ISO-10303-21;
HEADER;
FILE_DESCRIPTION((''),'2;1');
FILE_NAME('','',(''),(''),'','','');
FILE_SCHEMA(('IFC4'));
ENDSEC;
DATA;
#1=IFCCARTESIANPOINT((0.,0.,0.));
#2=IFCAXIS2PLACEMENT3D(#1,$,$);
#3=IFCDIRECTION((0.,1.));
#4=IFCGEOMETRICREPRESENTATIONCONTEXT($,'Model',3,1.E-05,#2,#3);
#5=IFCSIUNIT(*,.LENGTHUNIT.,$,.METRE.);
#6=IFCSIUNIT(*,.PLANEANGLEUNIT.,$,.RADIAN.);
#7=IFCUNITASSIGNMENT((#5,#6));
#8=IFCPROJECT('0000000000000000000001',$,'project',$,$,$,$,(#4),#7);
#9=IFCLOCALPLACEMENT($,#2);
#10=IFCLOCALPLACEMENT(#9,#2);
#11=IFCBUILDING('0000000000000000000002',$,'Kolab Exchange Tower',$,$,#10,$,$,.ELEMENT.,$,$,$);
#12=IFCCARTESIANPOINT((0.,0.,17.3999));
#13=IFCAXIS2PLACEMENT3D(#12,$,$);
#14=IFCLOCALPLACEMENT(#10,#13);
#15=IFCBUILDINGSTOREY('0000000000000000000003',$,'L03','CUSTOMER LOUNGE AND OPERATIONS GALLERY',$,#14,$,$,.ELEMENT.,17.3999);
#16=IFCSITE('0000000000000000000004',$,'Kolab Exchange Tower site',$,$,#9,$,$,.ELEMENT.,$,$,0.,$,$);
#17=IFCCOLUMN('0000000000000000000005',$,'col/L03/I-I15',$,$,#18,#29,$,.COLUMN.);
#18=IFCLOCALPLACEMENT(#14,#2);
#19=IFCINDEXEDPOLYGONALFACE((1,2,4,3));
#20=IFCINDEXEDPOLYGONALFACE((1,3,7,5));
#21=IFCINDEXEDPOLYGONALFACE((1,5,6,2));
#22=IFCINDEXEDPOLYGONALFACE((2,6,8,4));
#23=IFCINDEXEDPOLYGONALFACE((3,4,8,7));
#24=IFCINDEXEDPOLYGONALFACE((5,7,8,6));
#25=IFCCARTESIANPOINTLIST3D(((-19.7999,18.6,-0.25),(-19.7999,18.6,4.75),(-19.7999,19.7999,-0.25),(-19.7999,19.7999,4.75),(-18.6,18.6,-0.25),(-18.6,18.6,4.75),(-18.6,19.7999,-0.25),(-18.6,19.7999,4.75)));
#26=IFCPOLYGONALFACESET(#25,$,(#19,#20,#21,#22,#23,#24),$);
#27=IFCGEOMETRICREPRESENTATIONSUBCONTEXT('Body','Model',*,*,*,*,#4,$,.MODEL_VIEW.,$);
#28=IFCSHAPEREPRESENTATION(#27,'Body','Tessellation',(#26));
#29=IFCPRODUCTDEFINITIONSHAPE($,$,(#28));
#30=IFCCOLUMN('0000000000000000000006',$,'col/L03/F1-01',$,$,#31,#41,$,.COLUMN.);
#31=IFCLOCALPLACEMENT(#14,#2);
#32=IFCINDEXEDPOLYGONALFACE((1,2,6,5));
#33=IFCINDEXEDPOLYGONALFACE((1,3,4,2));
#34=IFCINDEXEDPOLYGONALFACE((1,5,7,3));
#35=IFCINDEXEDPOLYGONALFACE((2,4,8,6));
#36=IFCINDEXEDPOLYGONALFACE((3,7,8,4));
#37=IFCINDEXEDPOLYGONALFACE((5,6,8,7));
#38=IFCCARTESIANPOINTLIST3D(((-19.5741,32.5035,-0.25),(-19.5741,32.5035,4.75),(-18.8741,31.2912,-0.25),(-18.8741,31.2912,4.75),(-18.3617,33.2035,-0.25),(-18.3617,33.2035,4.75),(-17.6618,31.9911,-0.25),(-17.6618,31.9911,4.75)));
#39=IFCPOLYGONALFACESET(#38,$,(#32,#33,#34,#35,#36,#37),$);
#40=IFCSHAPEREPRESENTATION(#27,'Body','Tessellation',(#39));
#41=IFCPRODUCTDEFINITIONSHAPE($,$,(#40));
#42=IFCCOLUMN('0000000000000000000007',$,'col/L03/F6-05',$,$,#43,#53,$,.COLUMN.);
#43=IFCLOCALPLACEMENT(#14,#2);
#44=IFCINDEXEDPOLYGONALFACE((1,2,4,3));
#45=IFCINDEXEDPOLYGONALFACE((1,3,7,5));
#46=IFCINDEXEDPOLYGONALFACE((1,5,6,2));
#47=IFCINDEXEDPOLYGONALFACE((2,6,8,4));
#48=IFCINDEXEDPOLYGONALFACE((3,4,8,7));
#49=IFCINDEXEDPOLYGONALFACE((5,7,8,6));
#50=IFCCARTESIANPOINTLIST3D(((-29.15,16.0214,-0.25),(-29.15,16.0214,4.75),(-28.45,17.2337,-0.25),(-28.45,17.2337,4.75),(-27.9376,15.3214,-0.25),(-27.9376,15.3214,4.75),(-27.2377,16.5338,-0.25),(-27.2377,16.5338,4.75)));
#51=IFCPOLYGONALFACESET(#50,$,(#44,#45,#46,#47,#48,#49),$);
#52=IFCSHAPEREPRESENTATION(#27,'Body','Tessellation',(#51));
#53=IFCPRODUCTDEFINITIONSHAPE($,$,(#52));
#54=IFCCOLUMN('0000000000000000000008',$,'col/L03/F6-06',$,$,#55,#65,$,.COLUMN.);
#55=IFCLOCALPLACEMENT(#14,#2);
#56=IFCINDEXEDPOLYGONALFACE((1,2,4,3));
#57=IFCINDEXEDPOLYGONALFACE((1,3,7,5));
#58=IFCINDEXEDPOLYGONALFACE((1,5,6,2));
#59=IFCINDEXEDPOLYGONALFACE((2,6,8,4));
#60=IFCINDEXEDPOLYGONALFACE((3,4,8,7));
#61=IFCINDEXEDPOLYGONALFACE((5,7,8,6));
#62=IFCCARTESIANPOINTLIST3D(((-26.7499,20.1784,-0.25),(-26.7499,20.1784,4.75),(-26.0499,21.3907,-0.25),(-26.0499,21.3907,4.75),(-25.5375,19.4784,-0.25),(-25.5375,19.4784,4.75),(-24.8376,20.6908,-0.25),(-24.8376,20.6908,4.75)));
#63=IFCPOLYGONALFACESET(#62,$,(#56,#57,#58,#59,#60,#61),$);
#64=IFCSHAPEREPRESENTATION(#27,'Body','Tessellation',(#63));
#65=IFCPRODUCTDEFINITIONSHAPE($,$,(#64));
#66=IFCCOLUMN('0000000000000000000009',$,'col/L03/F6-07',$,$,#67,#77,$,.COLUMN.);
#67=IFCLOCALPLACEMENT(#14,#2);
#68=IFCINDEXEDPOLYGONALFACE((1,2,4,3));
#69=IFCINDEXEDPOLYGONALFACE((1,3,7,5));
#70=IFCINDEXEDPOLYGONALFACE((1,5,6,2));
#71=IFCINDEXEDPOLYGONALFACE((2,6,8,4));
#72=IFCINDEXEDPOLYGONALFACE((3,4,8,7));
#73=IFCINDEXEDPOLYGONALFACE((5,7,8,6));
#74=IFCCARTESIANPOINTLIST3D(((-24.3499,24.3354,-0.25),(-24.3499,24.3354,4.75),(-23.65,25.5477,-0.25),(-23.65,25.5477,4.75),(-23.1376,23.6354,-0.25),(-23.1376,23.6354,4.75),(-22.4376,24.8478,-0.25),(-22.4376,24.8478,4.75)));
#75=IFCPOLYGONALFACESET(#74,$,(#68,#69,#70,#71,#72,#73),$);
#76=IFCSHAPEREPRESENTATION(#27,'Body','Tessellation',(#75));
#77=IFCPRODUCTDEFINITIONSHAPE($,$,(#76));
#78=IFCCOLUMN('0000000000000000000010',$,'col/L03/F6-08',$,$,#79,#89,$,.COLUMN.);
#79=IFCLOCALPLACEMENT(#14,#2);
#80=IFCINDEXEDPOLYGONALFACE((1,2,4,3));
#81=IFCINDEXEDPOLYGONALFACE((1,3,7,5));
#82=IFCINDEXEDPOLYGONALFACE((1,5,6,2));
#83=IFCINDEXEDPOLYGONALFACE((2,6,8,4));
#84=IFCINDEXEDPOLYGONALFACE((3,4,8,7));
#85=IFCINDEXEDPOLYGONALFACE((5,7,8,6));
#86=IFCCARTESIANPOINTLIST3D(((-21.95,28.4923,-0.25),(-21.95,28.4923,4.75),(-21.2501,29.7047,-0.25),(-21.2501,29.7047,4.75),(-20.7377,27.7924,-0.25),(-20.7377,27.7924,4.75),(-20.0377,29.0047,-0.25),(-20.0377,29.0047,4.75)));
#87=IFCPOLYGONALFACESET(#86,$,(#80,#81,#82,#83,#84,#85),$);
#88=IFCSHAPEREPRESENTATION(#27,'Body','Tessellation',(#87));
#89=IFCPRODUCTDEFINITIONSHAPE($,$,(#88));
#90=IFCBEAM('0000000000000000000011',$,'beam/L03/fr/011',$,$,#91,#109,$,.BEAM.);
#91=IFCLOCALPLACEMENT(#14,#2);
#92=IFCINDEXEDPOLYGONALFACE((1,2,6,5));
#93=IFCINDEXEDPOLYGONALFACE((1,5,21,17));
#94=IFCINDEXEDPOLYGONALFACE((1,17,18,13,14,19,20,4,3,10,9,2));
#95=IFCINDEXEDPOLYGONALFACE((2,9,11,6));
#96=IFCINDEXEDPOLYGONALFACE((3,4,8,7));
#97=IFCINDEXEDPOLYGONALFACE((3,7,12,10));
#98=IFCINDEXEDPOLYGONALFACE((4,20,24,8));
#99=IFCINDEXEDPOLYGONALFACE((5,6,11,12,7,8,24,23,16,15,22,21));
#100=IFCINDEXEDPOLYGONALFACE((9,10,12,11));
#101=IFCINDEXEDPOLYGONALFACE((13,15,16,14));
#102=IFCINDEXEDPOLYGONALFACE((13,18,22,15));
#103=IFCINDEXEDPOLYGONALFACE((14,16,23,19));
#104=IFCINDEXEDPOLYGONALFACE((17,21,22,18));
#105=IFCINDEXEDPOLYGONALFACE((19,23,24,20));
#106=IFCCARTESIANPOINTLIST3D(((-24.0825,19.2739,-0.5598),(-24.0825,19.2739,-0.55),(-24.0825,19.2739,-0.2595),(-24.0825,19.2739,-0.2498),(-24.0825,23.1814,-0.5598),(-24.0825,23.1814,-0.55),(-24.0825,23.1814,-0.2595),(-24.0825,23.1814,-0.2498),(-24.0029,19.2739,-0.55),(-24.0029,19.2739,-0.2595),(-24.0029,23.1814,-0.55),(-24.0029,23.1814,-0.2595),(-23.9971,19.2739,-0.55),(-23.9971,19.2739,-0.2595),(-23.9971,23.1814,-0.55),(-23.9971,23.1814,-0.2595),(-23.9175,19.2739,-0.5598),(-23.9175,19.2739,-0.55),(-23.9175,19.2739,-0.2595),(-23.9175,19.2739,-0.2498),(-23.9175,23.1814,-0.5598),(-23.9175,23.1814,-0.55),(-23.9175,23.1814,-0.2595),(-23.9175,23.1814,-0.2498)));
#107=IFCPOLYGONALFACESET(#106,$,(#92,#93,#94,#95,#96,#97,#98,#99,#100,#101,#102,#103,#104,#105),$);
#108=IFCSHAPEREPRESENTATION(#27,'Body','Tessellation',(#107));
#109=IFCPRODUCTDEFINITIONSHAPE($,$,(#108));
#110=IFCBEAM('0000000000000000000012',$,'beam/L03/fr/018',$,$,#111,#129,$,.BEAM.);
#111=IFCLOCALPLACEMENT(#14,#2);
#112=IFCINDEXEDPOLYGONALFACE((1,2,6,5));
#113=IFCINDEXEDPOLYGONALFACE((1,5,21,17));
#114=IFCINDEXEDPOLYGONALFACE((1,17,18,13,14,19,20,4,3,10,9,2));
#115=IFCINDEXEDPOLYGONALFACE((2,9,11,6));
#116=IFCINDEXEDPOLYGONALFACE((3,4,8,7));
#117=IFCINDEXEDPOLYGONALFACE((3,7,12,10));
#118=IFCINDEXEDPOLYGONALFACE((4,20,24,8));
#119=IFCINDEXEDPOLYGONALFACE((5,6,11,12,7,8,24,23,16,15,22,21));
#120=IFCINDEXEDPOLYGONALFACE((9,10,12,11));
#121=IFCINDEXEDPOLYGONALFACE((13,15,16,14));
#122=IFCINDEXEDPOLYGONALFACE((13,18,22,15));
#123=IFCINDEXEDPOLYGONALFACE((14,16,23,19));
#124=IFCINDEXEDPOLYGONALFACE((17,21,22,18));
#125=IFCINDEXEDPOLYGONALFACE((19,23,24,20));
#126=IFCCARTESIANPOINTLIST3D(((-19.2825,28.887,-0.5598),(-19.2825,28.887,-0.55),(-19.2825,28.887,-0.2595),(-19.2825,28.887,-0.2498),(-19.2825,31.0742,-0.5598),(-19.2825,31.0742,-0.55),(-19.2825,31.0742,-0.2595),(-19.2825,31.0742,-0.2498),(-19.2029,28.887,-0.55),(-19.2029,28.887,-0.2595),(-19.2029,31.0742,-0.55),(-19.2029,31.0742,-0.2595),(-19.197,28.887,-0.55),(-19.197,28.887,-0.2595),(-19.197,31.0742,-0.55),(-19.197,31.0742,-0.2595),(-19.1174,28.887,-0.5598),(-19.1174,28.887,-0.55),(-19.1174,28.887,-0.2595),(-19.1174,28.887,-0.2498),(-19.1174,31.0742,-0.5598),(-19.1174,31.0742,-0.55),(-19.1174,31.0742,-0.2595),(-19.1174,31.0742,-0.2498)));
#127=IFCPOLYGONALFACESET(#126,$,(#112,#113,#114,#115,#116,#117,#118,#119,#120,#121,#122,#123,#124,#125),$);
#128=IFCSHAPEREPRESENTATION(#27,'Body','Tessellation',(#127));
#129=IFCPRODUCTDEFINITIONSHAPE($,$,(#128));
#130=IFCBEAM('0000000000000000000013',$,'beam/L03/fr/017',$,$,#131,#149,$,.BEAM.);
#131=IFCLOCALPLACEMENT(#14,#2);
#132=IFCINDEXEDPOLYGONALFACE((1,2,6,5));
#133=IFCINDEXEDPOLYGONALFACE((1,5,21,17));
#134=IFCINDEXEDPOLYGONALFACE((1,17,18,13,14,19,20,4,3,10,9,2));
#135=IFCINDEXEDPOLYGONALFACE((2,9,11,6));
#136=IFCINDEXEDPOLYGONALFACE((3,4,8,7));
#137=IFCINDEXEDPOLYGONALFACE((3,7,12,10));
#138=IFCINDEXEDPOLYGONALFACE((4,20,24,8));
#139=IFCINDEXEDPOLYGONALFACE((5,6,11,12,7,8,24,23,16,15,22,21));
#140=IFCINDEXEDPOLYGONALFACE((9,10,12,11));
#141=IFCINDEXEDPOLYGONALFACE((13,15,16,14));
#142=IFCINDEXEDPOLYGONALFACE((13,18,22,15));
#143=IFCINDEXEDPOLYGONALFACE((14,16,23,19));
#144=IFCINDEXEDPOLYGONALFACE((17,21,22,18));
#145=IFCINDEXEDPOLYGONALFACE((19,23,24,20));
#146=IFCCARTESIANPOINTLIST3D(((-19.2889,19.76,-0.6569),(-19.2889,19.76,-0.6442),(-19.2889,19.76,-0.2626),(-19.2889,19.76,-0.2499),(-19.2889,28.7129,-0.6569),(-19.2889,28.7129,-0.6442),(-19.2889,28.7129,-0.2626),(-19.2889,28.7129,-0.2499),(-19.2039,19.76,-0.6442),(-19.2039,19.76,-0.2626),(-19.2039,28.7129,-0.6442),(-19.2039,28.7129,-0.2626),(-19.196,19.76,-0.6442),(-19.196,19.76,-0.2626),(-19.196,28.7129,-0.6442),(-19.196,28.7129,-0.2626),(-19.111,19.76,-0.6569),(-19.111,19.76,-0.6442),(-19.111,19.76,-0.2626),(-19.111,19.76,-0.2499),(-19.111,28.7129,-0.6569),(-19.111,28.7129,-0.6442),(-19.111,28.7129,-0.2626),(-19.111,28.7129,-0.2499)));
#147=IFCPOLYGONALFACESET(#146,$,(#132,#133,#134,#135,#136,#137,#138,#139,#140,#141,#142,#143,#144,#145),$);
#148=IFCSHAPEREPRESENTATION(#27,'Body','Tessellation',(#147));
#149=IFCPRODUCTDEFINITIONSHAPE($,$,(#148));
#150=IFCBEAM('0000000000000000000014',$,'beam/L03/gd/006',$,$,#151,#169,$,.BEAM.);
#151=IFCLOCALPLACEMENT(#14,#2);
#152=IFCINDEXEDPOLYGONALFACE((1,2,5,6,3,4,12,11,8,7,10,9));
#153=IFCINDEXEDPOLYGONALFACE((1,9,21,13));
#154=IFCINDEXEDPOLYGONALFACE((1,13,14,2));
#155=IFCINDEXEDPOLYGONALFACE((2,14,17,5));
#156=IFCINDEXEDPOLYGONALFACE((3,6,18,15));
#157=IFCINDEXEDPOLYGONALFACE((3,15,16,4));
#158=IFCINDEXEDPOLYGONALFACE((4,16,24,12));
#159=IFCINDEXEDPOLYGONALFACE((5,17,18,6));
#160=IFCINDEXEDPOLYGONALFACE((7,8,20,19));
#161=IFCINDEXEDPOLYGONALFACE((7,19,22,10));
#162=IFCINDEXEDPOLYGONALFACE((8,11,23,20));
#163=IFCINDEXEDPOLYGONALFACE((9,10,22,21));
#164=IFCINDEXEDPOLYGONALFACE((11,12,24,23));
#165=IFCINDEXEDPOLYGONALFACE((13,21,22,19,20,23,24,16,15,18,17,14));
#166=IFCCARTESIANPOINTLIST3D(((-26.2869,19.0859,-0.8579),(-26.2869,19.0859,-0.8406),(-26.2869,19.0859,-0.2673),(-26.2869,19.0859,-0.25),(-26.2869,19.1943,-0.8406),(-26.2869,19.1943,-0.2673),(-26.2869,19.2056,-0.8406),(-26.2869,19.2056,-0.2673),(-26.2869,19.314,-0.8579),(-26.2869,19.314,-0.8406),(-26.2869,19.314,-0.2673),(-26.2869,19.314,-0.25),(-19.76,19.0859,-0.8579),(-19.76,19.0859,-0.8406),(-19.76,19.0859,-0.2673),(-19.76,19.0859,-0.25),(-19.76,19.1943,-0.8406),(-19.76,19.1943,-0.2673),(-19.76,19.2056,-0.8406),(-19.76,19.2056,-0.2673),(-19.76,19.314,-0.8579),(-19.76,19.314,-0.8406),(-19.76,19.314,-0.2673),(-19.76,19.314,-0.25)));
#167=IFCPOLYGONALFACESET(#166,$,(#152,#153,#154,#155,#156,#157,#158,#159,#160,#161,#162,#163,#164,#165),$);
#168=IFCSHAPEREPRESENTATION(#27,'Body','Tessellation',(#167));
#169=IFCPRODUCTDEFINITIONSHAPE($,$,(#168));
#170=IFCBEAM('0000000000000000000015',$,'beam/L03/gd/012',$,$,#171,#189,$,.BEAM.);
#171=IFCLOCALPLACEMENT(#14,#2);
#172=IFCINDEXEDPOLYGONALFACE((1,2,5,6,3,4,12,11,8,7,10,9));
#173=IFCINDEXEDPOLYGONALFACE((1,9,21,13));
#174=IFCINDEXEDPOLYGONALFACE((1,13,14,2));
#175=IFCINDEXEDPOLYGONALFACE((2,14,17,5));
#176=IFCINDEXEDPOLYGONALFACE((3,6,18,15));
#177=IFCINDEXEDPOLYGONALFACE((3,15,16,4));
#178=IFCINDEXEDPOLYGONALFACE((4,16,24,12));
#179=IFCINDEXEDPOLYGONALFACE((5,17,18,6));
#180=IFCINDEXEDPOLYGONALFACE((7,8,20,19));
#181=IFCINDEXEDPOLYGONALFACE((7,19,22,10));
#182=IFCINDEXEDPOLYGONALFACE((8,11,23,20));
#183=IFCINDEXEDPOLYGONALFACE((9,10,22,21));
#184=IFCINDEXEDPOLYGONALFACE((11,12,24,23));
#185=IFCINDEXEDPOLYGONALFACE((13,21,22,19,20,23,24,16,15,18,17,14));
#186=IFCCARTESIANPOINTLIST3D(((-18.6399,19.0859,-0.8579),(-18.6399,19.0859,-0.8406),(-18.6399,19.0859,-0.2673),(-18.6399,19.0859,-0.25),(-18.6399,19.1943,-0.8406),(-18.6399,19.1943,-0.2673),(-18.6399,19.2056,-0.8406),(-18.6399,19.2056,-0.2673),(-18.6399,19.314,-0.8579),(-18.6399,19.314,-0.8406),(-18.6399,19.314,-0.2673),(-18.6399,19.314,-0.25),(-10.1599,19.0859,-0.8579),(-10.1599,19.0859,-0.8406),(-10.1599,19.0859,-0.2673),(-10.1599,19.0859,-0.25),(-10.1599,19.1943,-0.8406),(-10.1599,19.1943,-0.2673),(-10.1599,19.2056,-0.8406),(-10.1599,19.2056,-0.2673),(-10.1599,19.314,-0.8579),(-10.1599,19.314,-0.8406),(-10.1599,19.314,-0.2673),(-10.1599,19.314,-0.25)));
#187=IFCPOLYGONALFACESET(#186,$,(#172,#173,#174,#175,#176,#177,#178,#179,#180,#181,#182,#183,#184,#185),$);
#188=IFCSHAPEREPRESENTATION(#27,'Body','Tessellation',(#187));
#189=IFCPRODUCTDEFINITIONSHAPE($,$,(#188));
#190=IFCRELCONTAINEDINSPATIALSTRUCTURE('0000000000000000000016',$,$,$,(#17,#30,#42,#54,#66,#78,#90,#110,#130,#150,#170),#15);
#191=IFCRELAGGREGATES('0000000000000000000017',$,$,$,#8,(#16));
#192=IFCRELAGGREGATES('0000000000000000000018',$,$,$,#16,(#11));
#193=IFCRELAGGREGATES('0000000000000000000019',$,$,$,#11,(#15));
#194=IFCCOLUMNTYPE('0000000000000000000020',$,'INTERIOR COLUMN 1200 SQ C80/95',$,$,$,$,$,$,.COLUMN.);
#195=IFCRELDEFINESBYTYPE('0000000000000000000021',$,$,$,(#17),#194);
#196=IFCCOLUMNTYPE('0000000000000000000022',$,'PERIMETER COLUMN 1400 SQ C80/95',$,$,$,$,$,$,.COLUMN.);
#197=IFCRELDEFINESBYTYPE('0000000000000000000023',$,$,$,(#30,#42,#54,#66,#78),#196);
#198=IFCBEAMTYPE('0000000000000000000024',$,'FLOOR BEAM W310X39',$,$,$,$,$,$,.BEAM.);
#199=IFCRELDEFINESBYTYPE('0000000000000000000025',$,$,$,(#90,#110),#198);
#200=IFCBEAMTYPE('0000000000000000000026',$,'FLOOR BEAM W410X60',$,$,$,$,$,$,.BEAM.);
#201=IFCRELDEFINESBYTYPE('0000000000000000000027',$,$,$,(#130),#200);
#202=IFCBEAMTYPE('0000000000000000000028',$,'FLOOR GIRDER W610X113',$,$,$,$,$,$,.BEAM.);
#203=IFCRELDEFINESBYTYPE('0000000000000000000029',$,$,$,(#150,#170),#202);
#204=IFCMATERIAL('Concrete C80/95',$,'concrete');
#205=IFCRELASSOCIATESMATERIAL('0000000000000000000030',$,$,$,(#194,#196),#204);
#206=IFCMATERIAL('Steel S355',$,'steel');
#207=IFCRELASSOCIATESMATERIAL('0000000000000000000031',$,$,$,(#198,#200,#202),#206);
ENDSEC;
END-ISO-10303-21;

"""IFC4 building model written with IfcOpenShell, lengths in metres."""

from ifc_helpers import new_model, si_unit, direction, frame, origin, origin_2d, place, context, subcontext, project, spatial, rectangle, i_section, extrude, material, material_profile, profile_set, type_object, element, save


model = new_model("IFC4")

# Units and contexts
model_context = context("Model", 3, precision=1e-05, world=origin(), true_north=direction((0.0, 1.0)))
body_context = subcontext(model_context, "Body", "Model", "MODEL_VIEW")
ifc_project = project(units=[si_unit("LENGTHUNIT", "METRE"), si_unit("PLANEANGLEUNIT", "RADIAN")], contexts=[model_context])

# Site, building, storey
site_placement = place(None, origin())
site = spatial("IfcSite", under=ifc_project, at=site_placement, Name="Kolab Exchange Tower site", CompositionType="ELEMENT", RefElevation=0.0)
building_placement = place(site_placement, origin())
building = spatial("IfcBuilding", under=site, at=building_placement, Name="Kolab Exchange Tower", CompositionType="ELEMENT")
storey_placement = place(building_placement, frame((0.0, 0.0, 17.3999)))
storey = spatial("IfcBuildingStorey", under=building, at=storey_placement, Name="L03", Description="CUSTOMER LOUNGE AND OPERATIONS GALLERY", CompositionType="ELEMENT", Elevation=17.3999)

# Columns
ifc_material_1 = material(Name="Concrete C80/95", Category="concrete")
ifc_material_profile_1 = material_profile(ifc_material_1, rectangle(XDim=1.2, YDim=1.2, at=origin_2d()), Name="RC1200")
ifc_profile_set_1 = profile_set([ifc_material_profile_1], Name="Concrete C80/95")
column_type_1 = type_object("IfcColumnType", Name="INTERIOR COLUMN 1200 SQ C80/95", PredefinedType="COLUMN", material=ifc_profile_set_1)
column_placement = place(storey_placement, frame((-19.2, 19.2, -0.25), z_axis=(0.0, 0.0, 1.0), x_axis=(1.0, 0.0, 0.0)))
element("IfcColumn", 1, at=column_placement, inside=storey, type_object=column_type_1, Name="col/L03/I-I15", PredefinedType="COLUMN", context=body_context, shape_type="SweptSolid", body=[
    extrude(rectangle(XDim=1.2, YDim=1.2, at=origin_2d()), origin(), (0.0, 0.0, 1.0), 5.0),
])
ifc_material_profile_2 = material_profile(ifc_material_1, rectangle(XDim=1.3999, YDim=1.3999, at=origin_2d()), Name="RC1400")
ifc_profile_set_2 = profile_set([ifc_material_profile_2], Name="Concrete C80/95")
column_type_2 = type_object("IfcColumnType", Name="PERIMETER COLUMN 1400 SQ C80/95", PredefinedType="COLUMN", material=ifc_profile_set_2)
for number, where, z_axis, x_axis, name in (
    (2, (-18.6179, 32.2473, -0.25), (0.0, 0.0, 1.0), (0.866025, 0.5, 0.0), "col/L03/F1-01"),
    (3, (-28.1938, 16.2776, -0.25), (0.0, 0.0, 1.0), (0.5, 0.866025, 0.0), "col/L03/F6-05"),
    (4, (-25.7937, 20.4346, -0.25), (0.0, 0.0, 1.0), (0.5, 0.866025, 0.0), "col/L03/F6-06"),
    (5, (-23.3938, 24.5916, -0.25), (0.0, 0.0, 1.0), (0.5, 0.866025, 0.0), "col/L03/F6-07"),
    (6, (-20.9939, 28.7485, -0.25), (0.0, 0.0, 1.0), (0.5, 0.866025, 0.0), "col/L03/F6-08"),
):
    element("IfcColumn", number, at=place(storey_placement, frame(where, z_axis=z_axis, x_axis=x_axis)), inside=storey, type_object=column_type_2, Name=name, PredefinedType="COLUMN", context=body_context, shape_type="SweptSolid", body=[
        extrude(rectangle(XDim=1.3999, YDim=1.3999, at=origin_2d()), origin(), (0.0, 0.0, 1.0), 5.0),
    ])

# Beams
ifc_material_2 = material(Name="Steel S355", Category="steel")
ifc_material_profile_3 = material_profile(ifc_material_2, i_section(OverallWidth=0.165, OverallDepth=0.3101, WebThickness=0.0059, FlangeThickness=0.0098, at=origin_2d()), Name="W310X39")
ifc_profile_set_3 = profile_set([ifc_material_profile_3], Name="Steel S355")
beam_type_1 = type_object("IfcBeamType", Name="FLOOR BEAM W310X39", PredefinedType="BEAM", material=ifc_profile_set_3)
beam_1_placement = place(storey_placement, frame((-24.0, 19.2739, -0.4048), z_axis=(0.0, 1.0, 0.0), x_axis=(-1.0, 0.0, 0.0)))
element("IfcBeam", 7, at=beam_1_placement, inside=storey, type_object=beam_type_1, Name="beam/L03/fr/011", PredefinedType="BEAM", context=body_context, shape_type="SweptSolid", body=[
    extrude(i_section(OverallWidth=0.165, OverallDepth=0.3101, WebThickness=0.0059, FlangeThickness=0.0098, at=origin_2d()), origin(), (0.0, 0.0, 1.0), 3.9075),
])
beam_2_placement = place(storey_placement, frame((-19.2, 28.887, -0.4048), z_axis=(0.0, 1.0, 0.0), x_axis=(-1.0, 0.0, 0.0)))
element("IfcBeam", 8, at=beam_2_placement, inside=storey, type_object=beam_type_1, Name="beam/L03/fr/018", PredefinedType="BEAM", context=body_context, shape_type="SweptSolid", body=[
    extrude(i_section(OverallWidth=0.165, OverallDepth=0.3101, WebThickness=0.0059, FlangeThickness=0.0098, at=origin_2d()), origin(), (0.0, 0.0, 1.0), 2.1873),
])
ifc_material_profile_4 = material_profile(ifc_material_2, i_section(OverallWidth=0.178, OverallDepth=0.407, WebThickness=0.0078, FlangeThickness=0.0127, at=origin_2d()), Name="W410X60")
ifc_profile_set_4 = profile_set([ifc_material_profile_4], Name="Steel S355")
beam_type_2 = type_object("IfcBeamType", Name="FLOOR BEAM W410X60", PredefinedType="BEAM", material=ifc_profile_set_4)
beam_3_placement = place(storey_placement, frame((-19.2, 19.76, -0.4534), z_axis=(0.0, 1.0, 0.0), x_axis=(-1.0, 0.0, 0.0)))
element("IfcBeam", 9, at=beam_3_placement, inside=storey, type_object=beam_type_2, Name="beam/L03/fr/017", PredefinedType="BEAM", context=body_context, shape_type="SweptSolid", body=[
    extrude(i_section(OverallWidth=0.178, OverallDepth=0.407, WebThickness=0.0078, FlangeThickness=0.0127, at=origin_2d()), origin(), (0.0, 0.0, 1.0), 8.9529),
])
ifc_material_profile_5 = material_profile(ifc_material_2, i_section(OverallWidth=0.228, OverallDepth=0.6079, WebThickness=0.0112, FlangeThickness=0.0173, at=origin_2d()), Name="W610X113")
ifc_profile_set_5 = profile_set([ifc_material_profile_5], Name="Steel S355")
beam_type_3 = type_object("IfcBeamType", Name="FLOOR GIRDER W610X113", PredefinedType="BEAM", material=ifc_profile_set_5)
beam_4_placement = place(storey_placement, frame((-26.2869, 19.2, -0.554), z_axis=(1.0, 0.0, 0.0), x_axis=(0.0, 1.0, 0.0)))
element("IfcBeam", 10, at=beam_4_placement, inside=storey, type_object=beam_type_3, Name="beam/L03/gd/006", PredefinedType="BEAM", context=body_context, shape_type="SweptSolid", body=[
    extrude(i_section(OverallWidth=0.228, OverallDepth=0.6079, WebThickness=0.0112, FlangeThickness=0.0173, at=origin_2d()), origin(), (0.0, 0.0, 1.0), 6.5269),
])
beam_5_placement = place(storey_placement, frame((-18.6399, 19.2, -0.554), z_axis=(1.0, 0.0, 0.0), x_axis=(0.0, 1.0, 0.0)))
element("IfcBeam", 11, at=beam_5_placement, inside=storey, type_object=beam_type_3, Name="beam/L03/gd/012", PredefinedType="BEAM", context=body_context, shape_type="SweptSolid", body=[
    extrude(i_section(OverallWidth=0.228, OverallDepth=0.6079, WebThickness=0.0112, FlangeThickness=0.0173, at=origin_2d()), origin(), (0.0, 0.0, 1.0), 8.48),
])

save(model, "model.ifc")
